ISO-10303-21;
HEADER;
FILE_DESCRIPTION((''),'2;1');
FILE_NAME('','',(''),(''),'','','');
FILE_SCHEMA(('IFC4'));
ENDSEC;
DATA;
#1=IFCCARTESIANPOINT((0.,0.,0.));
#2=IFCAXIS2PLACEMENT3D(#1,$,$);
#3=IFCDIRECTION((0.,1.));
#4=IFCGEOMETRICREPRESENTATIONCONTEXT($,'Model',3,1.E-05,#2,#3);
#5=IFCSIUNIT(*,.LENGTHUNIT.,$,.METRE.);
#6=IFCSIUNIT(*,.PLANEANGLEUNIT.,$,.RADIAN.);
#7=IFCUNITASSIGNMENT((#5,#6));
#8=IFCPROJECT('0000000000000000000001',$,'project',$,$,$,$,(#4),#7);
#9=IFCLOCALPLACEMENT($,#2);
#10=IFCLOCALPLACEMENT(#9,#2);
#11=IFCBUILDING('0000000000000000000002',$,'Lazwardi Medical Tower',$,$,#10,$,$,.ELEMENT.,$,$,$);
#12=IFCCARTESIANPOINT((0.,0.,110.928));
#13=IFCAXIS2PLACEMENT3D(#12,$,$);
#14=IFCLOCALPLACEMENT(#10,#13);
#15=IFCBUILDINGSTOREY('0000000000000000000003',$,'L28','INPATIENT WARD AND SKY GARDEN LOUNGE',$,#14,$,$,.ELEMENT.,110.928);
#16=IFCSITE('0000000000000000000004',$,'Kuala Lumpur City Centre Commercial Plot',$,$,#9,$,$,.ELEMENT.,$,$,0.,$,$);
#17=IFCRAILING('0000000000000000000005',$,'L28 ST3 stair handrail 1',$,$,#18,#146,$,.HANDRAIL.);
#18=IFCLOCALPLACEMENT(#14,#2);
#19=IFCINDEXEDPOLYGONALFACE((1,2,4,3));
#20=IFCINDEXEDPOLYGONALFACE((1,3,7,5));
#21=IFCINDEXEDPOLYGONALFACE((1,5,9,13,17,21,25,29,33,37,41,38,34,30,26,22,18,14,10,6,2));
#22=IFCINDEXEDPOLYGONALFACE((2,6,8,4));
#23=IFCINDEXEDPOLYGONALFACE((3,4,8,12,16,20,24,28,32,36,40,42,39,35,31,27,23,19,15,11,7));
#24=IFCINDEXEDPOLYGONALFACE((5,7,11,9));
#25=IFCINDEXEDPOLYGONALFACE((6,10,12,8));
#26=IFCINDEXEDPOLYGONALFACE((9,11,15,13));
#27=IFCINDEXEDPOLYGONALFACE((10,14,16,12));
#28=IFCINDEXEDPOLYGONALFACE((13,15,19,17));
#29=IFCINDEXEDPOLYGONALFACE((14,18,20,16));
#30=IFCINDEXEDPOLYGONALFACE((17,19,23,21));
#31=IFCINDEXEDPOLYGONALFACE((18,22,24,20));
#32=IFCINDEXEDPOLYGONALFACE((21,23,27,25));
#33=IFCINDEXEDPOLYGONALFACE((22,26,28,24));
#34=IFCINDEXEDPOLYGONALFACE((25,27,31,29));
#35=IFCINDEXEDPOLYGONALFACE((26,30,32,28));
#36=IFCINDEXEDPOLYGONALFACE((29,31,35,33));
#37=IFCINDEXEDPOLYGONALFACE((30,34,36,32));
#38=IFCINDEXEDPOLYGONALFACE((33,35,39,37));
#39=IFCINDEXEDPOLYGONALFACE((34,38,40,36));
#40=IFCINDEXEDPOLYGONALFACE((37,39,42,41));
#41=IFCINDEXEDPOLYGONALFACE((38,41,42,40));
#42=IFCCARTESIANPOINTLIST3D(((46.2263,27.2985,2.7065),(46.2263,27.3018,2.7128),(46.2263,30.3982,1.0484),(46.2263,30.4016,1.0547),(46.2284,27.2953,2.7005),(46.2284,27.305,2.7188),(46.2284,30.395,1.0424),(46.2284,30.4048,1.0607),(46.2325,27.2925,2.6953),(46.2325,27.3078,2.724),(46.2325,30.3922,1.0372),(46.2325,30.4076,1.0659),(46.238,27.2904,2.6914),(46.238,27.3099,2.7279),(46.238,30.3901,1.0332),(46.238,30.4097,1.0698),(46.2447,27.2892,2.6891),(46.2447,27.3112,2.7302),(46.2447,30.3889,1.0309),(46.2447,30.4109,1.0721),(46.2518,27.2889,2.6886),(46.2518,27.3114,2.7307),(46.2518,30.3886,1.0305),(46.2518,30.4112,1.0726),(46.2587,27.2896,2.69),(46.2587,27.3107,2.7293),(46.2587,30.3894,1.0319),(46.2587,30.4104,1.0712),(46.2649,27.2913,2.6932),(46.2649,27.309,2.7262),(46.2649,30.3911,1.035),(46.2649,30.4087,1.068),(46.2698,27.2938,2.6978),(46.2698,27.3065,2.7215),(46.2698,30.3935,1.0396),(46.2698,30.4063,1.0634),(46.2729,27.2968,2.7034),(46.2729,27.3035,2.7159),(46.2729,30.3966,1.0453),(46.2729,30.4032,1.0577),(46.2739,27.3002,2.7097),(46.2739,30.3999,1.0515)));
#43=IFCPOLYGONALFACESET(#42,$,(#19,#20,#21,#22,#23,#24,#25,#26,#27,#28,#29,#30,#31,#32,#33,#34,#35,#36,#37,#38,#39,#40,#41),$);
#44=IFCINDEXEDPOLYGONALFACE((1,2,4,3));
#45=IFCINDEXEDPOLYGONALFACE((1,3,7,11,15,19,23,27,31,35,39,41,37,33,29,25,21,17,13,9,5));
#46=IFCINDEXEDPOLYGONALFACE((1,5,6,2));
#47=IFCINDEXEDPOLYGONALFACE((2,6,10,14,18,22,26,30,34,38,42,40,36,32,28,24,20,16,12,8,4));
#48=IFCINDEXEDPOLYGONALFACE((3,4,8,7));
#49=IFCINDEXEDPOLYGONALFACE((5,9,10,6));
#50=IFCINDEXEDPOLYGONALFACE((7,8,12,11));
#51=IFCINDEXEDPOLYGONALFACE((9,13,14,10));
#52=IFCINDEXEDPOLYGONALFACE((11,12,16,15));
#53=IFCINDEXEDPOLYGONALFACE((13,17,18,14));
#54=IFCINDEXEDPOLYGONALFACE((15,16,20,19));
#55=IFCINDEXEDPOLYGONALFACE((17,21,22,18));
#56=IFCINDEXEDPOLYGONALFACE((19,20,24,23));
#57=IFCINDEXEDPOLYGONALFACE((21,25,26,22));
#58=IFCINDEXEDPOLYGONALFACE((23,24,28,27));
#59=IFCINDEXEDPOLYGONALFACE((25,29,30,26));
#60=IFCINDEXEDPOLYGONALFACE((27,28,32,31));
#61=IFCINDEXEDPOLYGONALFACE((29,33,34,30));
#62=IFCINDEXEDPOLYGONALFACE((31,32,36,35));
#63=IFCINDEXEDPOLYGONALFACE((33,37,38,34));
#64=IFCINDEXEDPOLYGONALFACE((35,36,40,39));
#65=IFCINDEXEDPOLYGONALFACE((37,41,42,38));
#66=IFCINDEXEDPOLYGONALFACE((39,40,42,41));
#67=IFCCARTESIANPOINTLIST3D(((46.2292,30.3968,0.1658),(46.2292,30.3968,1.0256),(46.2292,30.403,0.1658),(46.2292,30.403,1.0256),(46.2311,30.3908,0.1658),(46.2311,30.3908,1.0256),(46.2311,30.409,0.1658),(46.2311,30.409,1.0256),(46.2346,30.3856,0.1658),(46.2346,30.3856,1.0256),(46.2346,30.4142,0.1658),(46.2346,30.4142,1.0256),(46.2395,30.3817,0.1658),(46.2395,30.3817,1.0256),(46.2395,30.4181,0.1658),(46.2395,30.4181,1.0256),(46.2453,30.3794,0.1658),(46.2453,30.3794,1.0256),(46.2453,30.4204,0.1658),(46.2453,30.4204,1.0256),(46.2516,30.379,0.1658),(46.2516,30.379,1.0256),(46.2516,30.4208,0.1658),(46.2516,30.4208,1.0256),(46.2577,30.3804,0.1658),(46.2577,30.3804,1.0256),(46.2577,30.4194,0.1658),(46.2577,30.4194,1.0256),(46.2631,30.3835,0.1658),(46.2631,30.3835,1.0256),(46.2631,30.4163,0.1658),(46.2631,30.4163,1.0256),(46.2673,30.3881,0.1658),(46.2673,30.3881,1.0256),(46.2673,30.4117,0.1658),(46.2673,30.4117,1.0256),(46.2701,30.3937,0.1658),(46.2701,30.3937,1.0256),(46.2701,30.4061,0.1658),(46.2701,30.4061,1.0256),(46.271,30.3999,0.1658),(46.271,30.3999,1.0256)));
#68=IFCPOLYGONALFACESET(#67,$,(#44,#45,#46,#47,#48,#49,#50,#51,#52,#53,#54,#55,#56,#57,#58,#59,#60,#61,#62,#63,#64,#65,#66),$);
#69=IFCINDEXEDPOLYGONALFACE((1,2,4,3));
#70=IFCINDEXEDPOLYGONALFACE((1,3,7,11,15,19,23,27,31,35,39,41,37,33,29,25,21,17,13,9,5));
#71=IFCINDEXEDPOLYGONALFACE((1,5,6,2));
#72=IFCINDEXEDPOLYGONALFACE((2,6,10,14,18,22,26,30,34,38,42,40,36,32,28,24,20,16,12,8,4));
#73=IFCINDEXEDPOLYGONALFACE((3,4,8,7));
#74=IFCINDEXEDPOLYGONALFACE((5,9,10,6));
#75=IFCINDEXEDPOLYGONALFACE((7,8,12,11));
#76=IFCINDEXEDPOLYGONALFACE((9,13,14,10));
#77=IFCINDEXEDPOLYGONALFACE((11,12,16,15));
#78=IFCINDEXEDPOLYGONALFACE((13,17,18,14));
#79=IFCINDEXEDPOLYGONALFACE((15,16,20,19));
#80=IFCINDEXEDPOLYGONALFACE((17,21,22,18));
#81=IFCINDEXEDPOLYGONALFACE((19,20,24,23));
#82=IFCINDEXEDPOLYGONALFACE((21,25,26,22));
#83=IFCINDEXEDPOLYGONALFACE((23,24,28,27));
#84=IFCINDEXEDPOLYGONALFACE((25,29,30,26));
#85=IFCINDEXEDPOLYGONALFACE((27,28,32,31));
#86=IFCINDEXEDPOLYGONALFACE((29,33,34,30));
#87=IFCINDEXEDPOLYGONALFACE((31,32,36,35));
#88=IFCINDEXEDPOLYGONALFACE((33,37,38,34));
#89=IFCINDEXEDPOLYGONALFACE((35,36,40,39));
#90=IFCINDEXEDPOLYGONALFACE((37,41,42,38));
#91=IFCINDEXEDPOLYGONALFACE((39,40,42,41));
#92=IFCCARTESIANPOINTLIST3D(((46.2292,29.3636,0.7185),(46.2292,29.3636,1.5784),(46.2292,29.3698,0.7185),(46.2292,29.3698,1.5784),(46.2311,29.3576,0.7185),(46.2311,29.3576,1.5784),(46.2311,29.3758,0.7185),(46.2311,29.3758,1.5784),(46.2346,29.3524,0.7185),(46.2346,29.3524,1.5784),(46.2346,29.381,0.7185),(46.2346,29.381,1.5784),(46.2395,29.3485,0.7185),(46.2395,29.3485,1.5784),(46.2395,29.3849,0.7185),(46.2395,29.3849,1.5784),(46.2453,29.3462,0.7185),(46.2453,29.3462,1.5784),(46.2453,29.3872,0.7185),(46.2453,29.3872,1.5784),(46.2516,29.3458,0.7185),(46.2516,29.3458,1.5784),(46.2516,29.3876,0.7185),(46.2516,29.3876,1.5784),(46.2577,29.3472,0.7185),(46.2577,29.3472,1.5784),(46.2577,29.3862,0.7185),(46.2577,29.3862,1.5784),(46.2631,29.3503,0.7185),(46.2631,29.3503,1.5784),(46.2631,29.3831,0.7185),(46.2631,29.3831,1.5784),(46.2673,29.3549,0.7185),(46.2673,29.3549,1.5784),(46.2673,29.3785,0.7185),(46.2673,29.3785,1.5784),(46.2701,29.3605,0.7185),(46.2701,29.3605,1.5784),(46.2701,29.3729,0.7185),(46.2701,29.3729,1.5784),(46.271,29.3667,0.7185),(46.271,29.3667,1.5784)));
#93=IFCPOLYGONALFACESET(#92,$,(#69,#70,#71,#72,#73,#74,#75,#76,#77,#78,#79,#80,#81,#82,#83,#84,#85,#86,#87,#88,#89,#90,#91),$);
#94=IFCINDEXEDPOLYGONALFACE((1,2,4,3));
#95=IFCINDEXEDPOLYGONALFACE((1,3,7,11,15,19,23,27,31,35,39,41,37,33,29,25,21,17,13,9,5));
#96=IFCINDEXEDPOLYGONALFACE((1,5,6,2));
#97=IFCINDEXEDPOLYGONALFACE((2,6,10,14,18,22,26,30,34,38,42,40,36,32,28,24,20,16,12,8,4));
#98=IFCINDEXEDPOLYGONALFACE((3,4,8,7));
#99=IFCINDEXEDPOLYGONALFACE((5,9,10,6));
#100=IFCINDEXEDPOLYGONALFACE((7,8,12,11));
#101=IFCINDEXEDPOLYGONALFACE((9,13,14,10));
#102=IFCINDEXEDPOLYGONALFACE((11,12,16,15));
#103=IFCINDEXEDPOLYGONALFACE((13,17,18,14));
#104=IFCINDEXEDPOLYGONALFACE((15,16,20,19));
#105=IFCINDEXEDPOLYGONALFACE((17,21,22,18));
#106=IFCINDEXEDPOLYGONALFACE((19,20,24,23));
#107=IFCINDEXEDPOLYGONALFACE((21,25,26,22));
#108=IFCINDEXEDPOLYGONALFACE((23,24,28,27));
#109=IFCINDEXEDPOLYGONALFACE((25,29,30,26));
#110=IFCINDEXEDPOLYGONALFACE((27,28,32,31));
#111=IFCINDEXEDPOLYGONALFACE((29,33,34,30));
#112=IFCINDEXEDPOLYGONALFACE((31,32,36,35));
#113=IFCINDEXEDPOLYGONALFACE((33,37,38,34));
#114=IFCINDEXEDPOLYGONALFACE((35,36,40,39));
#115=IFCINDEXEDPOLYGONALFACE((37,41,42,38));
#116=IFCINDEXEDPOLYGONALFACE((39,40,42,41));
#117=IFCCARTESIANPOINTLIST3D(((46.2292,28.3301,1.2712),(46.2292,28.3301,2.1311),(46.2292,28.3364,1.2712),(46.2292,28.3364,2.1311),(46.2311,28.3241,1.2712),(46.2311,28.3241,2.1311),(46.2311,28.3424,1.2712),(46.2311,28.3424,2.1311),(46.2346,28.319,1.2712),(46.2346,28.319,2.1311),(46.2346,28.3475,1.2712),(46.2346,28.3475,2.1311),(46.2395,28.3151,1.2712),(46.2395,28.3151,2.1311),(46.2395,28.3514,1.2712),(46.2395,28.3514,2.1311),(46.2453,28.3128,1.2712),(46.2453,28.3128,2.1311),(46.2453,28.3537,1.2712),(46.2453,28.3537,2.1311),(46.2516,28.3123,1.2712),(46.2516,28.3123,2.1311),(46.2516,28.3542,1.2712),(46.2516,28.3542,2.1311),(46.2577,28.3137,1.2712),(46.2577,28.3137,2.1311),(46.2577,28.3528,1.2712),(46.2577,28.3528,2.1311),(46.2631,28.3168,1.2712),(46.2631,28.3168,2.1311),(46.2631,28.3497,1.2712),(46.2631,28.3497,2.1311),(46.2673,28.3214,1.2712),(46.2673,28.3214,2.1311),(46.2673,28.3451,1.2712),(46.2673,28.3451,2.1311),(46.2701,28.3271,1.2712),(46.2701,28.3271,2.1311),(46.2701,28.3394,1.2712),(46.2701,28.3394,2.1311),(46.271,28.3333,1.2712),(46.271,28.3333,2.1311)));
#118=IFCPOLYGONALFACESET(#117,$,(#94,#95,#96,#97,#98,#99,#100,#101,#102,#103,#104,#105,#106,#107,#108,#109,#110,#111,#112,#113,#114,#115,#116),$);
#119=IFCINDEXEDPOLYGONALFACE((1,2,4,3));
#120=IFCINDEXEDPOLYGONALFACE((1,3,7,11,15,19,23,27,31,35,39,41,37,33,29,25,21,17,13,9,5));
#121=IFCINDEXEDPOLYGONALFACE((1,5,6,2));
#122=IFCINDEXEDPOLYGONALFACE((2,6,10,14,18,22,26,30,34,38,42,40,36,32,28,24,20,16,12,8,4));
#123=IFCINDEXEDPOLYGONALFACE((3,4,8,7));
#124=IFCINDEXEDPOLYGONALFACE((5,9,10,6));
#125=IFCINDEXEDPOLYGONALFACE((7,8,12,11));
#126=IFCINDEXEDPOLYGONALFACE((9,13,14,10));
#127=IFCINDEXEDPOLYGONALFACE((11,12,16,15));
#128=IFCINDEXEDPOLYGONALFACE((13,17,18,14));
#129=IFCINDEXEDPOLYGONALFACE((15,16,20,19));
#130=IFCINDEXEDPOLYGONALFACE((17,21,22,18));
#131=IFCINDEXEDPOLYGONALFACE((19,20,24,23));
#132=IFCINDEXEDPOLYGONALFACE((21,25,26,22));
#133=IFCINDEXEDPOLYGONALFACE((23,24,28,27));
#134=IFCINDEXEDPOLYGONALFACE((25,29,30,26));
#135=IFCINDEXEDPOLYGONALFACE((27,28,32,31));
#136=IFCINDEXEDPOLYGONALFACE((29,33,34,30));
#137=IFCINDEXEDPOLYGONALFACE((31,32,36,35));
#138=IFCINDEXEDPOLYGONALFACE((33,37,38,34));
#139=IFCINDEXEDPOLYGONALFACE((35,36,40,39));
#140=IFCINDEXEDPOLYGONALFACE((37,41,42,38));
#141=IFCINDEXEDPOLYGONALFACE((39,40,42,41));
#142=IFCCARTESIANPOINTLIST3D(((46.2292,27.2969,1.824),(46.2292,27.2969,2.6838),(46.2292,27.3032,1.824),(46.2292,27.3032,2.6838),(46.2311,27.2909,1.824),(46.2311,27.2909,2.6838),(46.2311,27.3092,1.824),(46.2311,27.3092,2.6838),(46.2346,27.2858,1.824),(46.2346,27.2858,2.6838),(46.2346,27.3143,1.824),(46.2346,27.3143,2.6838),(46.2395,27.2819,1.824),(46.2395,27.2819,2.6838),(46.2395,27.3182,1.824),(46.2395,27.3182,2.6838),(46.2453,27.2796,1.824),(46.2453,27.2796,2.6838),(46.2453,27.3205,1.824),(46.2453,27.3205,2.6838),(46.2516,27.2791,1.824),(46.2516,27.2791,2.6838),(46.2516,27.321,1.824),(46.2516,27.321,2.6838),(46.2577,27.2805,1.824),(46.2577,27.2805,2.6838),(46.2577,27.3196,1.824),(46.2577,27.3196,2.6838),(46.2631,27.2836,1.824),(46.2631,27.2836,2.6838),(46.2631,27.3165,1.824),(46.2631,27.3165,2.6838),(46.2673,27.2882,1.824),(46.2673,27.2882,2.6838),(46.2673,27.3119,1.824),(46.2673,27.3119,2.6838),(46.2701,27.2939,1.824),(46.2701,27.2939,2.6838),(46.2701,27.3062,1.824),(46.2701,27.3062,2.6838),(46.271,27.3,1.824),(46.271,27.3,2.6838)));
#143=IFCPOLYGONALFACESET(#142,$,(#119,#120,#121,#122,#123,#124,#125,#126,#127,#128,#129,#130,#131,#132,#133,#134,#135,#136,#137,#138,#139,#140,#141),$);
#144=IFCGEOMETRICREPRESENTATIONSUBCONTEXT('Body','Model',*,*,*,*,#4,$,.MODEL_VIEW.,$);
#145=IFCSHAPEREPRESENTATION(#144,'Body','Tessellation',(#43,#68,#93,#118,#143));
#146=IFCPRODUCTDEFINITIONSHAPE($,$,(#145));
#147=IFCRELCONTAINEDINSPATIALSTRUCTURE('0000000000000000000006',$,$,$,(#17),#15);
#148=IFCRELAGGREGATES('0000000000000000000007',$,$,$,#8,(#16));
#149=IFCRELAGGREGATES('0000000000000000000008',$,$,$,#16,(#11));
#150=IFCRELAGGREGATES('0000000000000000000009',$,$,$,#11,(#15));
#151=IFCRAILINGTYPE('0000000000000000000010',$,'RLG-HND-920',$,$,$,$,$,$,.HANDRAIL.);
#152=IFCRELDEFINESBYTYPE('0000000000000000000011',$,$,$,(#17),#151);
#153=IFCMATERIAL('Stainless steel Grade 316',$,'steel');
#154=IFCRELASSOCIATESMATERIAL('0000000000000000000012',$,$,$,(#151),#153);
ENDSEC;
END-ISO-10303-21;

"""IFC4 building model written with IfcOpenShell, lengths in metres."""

from ifc_helpers import new_model, si_unit, direction, frame, origin, origin_2d, place, context, subcontext, project, spatial, circle, extrude, material, type_object, element, save


model = new_model("IFC4")

# Units and contexts
model_context = context("Model", 3, precision=1e-05, world=origin(), true_north=direction((0.0, 1.0)))
body_context = subcontext(model_context, "Body", "Model", "MODEL_VIEW")
ifc_project = project(units=[si_unit("LENGTHUNIT", "METRE"), si_unit("PLANEANGLEUNIT", "RADIAN")], contexts=[model_context])

# Site, building, storey
site_placement = place(None, origin())
site = spatial("IfcSite", under=ifc_project, at=site_placement, Name="Kuala Lumpur City Centre Commercial Plot", CompositionType="ELEMENT", RefElevation=0.0)
building_placement = place(site_placement, origin())
building = spatial("IfcBuilding", under=site, at=building_placement, Name="Lazwardi Medical Tower", CompositionType="ELEMENT")
storey_placement = place(building_placement, frame((0.0, 0.0, 110.928)))
storey = spatial("IfcBuildingStorey", under=building, at=storey_placement, Name="L28", Description="INPATIENT WARD AND SKY GARDEN LOUNGE", CompositionType="ELEMENT", Elevation=110.928)

# Railing
ifc_material_1 = material(Name="Stainless steel Grade 316", Category="steel")
railing_type_1 = type_object("IfcRailingType", Name="RLG-HND-920", PredefinedType="HANDRAIL", material=ifc_material_1)
railing_1_placement = place(storey_placement, frame((46.25, 30.3999, 0.1658)))
element("IfcRailing", 1, at=railing_1_placement, inside=storey, type_object=railing_type_1, Name="L28 ST3 stair handrail 1", PredefinedType="HANDRAIL", context=body_context, shape_type="SweptSolid", body=[
    extrude(circle(Radius=0.0239, at=origin_2d()), frame((0.0, 0.0, 0.8857), z_axis=(0.0, -0.881768, 0.471684), x_axis=(1.0, 0.0, 0.0)), (0.0, 0.0, 1.0), 3.5154),
    extrude(circle(Radius=0.021, at=origin_2d()), origin(), (0.0, 0.0, 1.0), 0.8599),
    extrude(circle(Radius=0.021, at=origin_2d()), frame((0.0, -1.0332, 0.5527)), (0.0, 0.0, 1.0), 0.8599),
    extrude(circle(Radius=0.021, at=origin_2d()), frame((0.0, -2.0667, 1.1055)), (0.0, 0.0, 1.0), 0.8599),
    extrude(circle(Radius=0.021, at=origin_2d()), frame((0.0, -3.0999, 1.6582)), (0.0, 0.0, 1.0), 0.8599),
])

save(model, "model.ifc")
